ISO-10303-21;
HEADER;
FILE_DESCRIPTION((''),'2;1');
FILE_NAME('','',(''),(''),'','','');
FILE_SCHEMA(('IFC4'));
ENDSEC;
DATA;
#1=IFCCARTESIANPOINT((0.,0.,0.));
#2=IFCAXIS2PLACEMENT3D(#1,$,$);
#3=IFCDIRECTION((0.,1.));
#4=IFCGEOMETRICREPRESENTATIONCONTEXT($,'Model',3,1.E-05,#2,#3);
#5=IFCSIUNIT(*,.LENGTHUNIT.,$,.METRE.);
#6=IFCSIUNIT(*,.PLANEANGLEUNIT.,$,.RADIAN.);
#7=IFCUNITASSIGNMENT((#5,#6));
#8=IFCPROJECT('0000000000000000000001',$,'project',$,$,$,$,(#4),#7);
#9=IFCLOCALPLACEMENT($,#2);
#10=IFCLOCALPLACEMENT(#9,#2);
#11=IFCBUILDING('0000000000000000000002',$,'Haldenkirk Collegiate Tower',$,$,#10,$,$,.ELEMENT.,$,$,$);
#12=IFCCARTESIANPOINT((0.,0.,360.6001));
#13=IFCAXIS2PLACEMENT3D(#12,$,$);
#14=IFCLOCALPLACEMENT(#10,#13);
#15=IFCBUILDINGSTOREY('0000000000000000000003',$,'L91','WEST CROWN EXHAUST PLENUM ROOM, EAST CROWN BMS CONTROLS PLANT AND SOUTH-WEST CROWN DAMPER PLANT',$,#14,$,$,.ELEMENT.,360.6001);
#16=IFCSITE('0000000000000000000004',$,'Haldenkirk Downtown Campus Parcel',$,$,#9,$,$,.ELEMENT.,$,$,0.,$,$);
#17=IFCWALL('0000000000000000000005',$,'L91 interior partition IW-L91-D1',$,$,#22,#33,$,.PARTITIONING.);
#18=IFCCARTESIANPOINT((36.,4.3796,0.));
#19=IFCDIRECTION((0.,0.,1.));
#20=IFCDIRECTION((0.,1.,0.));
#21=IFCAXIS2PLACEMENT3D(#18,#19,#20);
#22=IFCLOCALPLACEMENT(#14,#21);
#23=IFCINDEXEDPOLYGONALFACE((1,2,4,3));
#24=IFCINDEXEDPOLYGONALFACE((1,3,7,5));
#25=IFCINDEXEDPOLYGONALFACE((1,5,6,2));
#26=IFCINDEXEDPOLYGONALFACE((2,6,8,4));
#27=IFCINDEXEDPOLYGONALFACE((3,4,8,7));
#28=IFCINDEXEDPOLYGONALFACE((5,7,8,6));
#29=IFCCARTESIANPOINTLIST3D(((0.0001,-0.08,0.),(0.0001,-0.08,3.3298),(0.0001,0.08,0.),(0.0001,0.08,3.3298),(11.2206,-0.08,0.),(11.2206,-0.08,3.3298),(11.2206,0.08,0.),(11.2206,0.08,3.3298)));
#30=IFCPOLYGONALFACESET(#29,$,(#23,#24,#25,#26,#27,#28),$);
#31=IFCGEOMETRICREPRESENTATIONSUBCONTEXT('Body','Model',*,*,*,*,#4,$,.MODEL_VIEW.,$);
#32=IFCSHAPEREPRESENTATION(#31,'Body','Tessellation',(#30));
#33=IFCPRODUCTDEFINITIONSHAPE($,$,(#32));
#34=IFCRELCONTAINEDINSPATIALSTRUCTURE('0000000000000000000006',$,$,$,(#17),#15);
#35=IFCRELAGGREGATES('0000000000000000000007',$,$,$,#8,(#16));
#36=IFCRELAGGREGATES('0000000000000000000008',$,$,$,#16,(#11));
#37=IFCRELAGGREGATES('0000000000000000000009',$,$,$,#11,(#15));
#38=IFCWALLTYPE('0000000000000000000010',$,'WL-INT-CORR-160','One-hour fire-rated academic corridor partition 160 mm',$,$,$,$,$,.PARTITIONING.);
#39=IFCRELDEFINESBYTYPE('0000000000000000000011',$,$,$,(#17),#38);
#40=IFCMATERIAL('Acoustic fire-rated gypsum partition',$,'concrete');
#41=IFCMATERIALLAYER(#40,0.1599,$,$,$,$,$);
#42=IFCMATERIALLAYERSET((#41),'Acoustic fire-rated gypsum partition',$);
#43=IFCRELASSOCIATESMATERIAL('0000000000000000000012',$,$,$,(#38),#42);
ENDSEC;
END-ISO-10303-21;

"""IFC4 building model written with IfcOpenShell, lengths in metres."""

from ifc_helpers import new_model, si_unit, direction, frame, frame_2d, origin, place, context, subcontext, project, spatial, rectangle, extrude, material, layer, layer_set, type_object, element, save


model = new_model("IFC4")

# Units and contexts
model_context = context("Model", 3, precision=1e-05, world=origin(), true_north=direction((0.0, 1.0)))
body_context = subcontext(model_context, "Body", "Model", "MODEL_VIEW")
ifc_project = project(units=[si_unit("LENGTHUNIT", "METRE"), si_unit("PLANEANGLEUNIT", "RADIAN")], contexts=[model_context])

# Site, building, storey
site_placement = place(None, origin())
site = spatial("IfcSite", under=ifc_project, at=site_placement, Name="Haldenkirk Downtown Campus Parcel", CompositionType="ELEMENT", RefElevation=0.0)
building_placement = place(site_placement, origin())
building = spatial("IfcBuilding", under=site, at=building_placement, Name="Haldenkirk Collegiate Tower", CompositionType="ELEMENT")
storey_placement = place(building_placement, frame((0.0, 0.0, 360.6001)))
storey = spatial("IfcBuildingStorey", under=building, at=storey_placement, Name="L91", Description="WEST CROWN EXHAUST PLENUM ROOM, EAST CROWN BMS CONTROLS PLANT AND SOUTH-WEST CROWN DAMPER PLANT", CompositionType="ELEMENT", Elevation=360.6001)

# Wall
ifc_material_1 = material(Name="Acoustic fire-rated gypsum partition", Category="concrete")
ifc_layer_1 = layer(ifc_material_1, 0.1599)
ifc_layer_set_1 = layer_set([ifc_layer_1], Name="Acoustic fire-rated gypsum partition")
wall_type_1 = type_object("IfcWallType", Name="WL-INT-CORR-160", Description="One-hour fire-rated academic corridor partition 160 mm", PredefinedType="PARTITIONING", material=ifc_layer_set_1)
wall_1_placement = place(storey_placement, frame((36.0, 4.3796, 0.0), z_axis=(0.0, 0.0, 1.0), x_axis=(0.0, 1.0, 0.0)))
element("IfcWall", 1, at=wall_1_placement, inside=storey, type_object=wall_type_1, Name="L91 interior partition IW-L91-D1", PredefinedType="PARTITIONING", context=body_context, shape_type="SweptSolid", body=[
    extrude(rectangle(XDim=11.2205, YDim=0.1599, at=frame_2d((5.6104, 0.0))), origin(), (0.0, 0.0, 1.0), 3.3298),
])

save(model, "model.ifc")
